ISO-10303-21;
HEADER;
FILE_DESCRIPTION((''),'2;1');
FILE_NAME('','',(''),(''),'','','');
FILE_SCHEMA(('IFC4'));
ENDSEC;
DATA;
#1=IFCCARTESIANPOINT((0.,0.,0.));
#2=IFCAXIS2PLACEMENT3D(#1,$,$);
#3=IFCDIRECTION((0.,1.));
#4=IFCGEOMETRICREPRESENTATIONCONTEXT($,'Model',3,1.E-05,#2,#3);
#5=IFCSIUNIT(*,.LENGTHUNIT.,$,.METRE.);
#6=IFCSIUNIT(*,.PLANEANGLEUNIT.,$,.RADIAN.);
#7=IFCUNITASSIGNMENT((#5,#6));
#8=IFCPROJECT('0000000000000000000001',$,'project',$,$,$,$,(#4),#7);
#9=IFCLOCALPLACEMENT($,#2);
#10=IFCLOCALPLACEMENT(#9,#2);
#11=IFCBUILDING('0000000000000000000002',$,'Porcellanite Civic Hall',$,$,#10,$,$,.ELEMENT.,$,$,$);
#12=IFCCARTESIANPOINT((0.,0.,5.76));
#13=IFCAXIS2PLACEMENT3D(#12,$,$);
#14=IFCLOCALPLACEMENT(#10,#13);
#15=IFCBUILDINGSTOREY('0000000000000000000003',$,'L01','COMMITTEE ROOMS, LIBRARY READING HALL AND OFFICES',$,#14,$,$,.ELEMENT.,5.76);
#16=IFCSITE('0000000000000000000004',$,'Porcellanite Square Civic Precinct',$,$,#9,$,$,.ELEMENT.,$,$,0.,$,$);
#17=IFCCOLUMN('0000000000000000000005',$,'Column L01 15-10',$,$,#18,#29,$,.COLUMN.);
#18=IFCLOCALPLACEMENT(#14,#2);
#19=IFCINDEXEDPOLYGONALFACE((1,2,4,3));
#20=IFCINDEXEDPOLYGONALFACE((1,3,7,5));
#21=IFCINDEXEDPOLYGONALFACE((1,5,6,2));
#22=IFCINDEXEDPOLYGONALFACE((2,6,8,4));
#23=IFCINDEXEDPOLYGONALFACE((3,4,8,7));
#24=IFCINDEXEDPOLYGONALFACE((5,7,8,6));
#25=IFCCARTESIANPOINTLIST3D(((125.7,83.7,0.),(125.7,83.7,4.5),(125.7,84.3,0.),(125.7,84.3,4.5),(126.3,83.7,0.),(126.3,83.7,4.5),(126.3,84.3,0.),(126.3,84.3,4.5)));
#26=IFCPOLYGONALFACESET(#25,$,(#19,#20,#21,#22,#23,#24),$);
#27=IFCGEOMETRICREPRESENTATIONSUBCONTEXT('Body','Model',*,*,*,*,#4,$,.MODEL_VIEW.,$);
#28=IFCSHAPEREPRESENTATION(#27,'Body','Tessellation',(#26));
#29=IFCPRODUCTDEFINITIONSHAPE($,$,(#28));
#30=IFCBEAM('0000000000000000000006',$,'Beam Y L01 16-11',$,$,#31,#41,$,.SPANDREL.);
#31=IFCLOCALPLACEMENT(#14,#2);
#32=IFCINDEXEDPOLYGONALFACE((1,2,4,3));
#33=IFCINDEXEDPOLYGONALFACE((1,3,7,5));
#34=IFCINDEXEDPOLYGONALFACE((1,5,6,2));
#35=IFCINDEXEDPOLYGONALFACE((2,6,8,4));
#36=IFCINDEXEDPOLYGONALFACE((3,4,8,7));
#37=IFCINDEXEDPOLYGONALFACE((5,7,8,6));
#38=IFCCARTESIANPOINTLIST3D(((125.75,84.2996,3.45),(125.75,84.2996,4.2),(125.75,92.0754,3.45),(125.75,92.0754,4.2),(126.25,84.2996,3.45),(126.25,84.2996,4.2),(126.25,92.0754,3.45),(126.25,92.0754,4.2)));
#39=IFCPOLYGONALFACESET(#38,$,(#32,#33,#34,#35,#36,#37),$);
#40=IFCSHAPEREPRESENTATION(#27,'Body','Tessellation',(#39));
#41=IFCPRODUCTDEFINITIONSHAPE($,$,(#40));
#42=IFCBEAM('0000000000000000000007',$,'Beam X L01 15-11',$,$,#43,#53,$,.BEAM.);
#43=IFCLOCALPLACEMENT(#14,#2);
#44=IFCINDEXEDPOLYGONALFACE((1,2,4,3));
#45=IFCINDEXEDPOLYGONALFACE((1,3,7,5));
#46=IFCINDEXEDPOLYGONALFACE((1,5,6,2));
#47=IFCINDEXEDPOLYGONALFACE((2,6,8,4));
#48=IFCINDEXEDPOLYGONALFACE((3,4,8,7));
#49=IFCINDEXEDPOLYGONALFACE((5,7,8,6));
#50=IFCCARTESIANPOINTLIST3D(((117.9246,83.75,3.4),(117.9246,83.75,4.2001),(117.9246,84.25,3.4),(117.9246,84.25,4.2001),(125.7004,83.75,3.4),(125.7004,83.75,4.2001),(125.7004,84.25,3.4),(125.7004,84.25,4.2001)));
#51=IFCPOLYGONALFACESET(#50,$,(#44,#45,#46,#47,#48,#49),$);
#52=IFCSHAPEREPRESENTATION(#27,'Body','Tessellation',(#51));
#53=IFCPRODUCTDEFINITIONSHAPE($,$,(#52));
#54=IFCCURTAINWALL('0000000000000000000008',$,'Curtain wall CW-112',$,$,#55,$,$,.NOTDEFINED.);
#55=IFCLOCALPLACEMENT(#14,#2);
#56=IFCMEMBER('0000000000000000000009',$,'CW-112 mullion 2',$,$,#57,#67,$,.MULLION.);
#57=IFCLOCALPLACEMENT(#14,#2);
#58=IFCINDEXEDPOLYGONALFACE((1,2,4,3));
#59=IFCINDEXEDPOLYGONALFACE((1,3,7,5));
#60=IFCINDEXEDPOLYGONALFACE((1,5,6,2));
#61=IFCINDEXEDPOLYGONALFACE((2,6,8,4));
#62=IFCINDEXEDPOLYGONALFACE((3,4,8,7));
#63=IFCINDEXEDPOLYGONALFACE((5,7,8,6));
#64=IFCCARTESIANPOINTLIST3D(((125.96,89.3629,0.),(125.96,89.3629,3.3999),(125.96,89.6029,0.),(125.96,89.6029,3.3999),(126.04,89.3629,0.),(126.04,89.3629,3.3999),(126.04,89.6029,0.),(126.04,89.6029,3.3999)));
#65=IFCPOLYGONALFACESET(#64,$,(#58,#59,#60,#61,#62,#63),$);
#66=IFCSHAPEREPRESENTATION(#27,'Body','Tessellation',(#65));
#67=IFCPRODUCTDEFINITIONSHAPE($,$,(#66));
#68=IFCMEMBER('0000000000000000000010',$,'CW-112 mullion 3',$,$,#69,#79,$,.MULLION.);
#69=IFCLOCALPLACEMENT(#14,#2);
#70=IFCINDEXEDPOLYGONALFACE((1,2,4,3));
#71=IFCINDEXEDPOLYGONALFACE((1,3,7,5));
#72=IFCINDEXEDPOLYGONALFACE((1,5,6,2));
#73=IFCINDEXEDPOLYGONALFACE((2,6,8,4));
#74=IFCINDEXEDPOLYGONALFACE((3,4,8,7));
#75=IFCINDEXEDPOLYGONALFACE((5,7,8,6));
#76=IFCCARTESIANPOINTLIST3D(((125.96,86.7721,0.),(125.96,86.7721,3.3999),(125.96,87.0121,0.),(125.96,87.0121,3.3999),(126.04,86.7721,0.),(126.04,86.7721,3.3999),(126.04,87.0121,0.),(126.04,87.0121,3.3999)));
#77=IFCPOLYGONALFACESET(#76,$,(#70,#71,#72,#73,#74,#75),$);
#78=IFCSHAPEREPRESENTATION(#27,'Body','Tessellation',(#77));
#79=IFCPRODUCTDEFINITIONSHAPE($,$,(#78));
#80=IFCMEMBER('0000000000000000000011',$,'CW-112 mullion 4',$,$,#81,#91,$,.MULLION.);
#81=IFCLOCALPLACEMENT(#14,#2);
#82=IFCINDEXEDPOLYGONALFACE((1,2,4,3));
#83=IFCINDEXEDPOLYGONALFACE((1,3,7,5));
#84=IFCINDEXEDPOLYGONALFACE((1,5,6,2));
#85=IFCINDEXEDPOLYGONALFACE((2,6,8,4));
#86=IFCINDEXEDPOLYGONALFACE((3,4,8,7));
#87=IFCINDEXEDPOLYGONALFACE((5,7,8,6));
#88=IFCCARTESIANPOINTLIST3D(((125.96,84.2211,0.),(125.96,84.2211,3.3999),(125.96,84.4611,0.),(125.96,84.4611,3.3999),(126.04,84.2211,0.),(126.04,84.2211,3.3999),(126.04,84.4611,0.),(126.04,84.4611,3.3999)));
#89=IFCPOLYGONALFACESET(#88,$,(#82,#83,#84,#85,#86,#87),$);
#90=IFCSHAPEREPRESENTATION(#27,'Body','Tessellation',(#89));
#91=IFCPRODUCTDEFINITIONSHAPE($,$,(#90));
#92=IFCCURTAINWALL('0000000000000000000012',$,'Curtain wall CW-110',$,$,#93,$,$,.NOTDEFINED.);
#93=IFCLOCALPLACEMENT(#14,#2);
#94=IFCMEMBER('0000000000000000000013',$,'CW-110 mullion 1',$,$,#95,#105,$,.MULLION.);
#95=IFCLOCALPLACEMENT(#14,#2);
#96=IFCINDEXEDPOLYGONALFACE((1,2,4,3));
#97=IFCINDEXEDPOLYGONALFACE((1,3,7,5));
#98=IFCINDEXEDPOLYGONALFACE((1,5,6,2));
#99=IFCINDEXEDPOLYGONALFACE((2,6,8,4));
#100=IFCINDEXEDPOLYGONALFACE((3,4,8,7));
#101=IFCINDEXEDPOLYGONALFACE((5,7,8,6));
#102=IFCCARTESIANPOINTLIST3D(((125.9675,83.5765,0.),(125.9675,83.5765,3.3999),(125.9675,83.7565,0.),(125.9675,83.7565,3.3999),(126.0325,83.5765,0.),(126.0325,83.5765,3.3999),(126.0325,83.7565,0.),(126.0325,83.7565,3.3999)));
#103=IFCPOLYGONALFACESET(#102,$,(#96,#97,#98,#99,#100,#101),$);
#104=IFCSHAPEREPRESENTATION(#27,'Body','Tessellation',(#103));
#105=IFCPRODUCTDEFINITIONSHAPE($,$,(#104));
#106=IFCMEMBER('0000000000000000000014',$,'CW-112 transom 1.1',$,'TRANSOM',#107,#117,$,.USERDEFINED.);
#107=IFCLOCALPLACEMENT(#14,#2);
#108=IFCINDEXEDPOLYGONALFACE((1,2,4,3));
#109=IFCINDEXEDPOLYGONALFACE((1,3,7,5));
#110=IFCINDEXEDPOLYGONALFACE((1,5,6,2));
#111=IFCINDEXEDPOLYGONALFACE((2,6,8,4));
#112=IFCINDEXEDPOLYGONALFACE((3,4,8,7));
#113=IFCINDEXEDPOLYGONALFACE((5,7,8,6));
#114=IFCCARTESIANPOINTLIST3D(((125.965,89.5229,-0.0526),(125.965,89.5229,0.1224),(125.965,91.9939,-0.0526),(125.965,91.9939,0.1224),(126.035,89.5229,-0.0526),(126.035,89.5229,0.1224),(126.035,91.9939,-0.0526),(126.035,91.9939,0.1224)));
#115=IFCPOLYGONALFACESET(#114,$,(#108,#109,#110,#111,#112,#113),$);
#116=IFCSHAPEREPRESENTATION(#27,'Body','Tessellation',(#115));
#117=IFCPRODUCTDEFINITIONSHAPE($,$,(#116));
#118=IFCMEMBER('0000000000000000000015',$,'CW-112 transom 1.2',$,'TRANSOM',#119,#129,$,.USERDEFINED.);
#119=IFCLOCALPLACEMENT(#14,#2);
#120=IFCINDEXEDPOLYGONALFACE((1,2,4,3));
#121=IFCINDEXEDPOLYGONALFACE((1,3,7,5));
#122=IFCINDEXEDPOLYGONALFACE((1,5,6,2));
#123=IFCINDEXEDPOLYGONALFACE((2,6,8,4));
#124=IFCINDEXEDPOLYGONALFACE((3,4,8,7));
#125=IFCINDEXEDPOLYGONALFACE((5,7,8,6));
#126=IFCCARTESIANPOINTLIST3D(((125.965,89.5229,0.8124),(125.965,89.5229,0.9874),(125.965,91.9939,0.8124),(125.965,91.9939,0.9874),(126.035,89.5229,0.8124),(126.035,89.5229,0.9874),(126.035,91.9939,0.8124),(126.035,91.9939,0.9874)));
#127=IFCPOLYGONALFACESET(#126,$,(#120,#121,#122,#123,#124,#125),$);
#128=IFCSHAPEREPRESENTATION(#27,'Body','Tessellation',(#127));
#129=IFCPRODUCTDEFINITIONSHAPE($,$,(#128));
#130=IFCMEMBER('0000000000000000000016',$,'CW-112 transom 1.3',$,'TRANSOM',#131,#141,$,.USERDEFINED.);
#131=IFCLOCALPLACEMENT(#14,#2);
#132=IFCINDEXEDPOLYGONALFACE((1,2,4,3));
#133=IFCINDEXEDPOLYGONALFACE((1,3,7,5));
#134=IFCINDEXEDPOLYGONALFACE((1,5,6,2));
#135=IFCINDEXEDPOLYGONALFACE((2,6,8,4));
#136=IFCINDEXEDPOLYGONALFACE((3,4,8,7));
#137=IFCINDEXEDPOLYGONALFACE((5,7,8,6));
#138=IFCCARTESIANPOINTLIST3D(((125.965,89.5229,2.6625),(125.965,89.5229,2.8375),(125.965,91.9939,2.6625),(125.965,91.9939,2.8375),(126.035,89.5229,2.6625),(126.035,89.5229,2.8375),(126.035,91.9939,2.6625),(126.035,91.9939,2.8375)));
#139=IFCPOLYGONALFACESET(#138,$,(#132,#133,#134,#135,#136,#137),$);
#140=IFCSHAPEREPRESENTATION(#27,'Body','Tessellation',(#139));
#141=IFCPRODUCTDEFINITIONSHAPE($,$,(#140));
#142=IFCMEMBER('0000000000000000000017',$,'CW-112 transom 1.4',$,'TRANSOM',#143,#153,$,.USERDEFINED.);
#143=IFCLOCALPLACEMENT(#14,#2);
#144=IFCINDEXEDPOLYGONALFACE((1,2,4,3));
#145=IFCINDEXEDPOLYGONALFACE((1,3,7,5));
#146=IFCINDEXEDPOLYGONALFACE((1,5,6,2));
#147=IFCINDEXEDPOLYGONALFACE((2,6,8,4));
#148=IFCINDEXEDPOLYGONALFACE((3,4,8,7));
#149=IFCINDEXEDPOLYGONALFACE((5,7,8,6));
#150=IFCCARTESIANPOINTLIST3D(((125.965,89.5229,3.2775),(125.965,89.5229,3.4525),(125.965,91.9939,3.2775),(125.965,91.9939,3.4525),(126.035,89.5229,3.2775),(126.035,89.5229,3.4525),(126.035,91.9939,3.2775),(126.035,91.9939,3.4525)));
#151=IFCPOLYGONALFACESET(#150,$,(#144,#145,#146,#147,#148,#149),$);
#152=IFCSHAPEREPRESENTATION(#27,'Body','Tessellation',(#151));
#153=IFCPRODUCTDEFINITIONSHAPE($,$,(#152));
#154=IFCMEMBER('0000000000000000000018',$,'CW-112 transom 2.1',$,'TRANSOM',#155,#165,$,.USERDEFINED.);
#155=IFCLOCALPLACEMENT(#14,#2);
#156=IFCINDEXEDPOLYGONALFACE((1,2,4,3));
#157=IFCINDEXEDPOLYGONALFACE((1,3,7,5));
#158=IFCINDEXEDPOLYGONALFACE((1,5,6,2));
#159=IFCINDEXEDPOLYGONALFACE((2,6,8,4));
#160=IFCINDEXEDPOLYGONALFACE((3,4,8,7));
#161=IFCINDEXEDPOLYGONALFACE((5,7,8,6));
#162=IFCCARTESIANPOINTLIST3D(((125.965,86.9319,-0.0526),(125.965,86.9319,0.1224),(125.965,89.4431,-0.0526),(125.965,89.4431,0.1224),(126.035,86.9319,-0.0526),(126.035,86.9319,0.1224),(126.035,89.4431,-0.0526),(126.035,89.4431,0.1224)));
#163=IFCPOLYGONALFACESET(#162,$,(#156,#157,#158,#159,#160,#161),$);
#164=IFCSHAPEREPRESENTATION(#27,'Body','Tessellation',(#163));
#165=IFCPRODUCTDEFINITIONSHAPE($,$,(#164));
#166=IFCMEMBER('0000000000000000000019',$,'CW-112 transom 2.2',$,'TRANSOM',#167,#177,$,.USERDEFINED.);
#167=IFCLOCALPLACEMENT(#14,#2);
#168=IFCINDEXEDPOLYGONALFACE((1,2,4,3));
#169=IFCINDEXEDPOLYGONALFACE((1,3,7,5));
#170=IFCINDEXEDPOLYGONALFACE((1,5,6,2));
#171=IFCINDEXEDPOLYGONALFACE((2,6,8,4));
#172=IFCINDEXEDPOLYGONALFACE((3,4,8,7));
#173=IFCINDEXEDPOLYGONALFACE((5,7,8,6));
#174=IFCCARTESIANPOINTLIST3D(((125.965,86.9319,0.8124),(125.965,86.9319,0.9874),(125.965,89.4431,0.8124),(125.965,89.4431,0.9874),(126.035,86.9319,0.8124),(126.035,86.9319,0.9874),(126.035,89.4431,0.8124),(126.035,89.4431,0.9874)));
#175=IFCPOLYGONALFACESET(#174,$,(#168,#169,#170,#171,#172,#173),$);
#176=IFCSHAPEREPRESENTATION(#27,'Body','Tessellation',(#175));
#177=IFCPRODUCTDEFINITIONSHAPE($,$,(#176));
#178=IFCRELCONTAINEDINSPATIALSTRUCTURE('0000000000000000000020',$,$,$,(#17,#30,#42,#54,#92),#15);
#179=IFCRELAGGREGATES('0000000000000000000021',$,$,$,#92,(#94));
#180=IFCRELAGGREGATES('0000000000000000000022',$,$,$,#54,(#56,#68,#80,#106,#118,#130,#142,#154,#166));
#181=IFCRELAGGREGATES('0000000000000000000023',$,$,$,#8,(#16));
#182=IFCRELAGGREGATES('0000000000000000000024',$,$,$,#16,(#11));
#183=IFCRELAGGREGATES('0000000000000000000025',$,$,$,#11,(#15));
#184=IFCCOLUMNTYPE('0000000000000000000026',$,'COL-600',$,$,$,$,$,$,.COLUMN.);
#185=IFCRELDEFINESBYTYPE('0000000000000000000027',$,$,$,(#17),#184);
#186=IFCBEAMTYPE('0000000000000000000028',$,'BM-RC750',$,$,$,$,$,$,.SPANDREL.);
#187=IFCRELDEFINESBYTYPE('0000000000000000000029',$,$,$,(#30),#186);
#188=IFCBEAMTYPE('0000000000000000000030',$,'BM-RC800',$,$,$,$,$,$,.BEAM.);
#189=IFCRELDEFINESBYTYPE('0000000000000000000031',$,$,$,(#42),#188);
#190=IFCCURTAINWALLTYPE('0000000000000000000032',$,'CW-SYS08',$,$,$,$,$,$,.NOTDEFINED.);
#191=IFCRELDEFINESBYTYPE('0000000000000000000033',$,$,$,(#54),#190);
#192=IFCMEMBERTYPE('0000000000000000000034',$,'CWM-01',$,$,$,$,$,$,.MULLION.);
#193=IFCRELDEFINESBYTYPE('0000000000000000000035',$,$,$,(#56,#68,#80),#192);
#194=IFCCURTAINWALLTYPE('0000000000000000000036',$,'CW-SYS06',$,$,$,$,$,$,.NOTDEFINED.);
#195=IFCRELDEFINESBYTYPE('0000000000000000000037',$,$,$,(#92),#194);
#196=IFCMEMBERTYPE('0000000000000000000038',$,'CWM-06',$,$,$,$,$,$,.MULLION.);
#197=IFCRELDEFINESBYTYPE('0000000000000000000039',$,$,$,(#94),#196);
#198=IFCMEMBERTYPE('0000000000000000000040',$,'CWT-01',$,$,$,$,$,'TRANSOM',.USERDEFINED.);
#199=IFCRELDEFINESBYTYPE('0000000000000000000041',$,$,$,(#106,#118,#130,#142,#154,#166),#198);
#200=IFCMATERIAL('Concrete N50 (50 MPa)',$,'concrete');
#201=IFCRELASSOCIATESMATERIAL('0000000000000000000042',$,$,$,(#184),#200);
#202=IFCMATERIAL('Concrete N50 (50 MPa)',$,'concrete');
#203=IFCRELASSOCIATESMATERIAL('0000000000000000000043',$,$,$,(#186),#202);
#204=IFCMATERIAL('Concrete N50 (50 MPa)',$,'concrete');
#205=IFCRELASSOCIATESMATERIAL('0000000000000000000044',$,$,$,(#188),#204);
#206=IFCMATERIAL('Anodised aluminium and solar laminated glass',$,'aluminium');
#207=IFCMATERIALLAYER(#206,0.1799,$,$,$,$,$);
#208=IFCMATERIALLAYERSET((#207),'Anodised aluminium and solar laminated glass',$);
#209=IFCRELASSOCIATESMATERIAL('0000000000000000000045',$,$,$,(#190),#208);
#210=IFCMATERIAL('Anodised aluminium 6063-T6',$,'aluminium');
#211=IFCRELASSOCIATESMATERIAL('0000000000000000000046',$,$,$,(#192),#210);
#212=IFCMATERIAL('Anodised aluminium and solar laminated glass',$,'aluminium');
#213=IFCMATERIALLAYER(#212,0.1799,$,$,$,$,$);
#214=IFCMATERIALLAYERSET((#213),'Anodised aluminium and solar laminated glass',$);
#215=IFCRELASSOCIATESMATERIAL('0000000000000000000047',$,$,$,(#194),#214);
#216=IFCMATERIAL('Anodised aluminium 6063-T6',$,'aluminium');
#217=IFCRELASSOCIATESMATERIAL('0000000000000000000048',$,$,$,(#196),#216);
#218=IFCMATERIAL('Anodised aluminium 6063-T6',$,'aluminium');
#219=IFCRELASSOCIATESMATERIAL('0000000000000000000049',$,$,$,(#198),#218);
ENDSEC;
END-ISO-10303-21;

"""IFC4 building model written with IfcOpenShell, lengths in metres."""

from ifc_helpers import new_model, si_unit, direction, frame, origin, origin_2d, place, context, subcontext, project, spatial, rectangle, extrude, material, layer, layer_set, material_profile, profile_set, type_object, element, aggregate, save


model = new_model("IFC4")

# Units and contexts
model_context = context("Model", 3, precision=1e-05, world=origin(), true_north=direction((0.0, 1.0)))
body_context = subcontext(model_context, "Body", "Model", "MODEL_VIEW")
ifc_project = project(units=[si_unit("LENGTHUNIT", "METRE"), si_unit("PLANEANGLEUNIT", "RADIAN")], contexts=[model_context])

# Site, building, storey
site_placement = place(None, origin())
site = spatial("IfcSite", under=ifc_project, at=site_placement, Name="Porcellanite Square Civic Precinct", CompositionType="ELEMENT", RefElevation=0.0)
building_placement = place(site_placement, origin())
building = spatial("IfcBuilding", under=site, at=building_placement, Name="Porcellanite Civic Hall", CompositionType="ELEMENT")
storey_placement = place(building_placement, frame((0.0, 0.0, 5.76)))
storey = spatial("IfcBuildingStorey", under=building, at=storey_placement, Name="L01", Description="COMMITTEE ROOMS, LIBRARY READING HALL AND OFFICES", CompositionType="ELEMENT", Elevation=5.76)

# Column
ifc_material_1 = material(Name="Concrete N50 (50 MPa)", Category="concrete")
ifc_material_profile_1 = material_profile(ifc_material_1, rectangle(XDim=0.6001, YDim=0.6001, at=origin_2d()), Name="RC-600x600")
ifc_profile_set_1 = profile_set([ifc_material_profile_1], Name="Concrete N50 (50 MPa)")
column_type = type_object("IfcColumnType", Name="COL-600", PredefinedType="COLUMN", material=ifc_profile_set_1)
column_placement = place(storey_placement, frame((126.0, 84.0, 0.0), z_axis=(0.0, 0.0, 1.0), x_axis=(1.0, 0.0, 0.0)))
element("IfcColumn", 1, at=column_placement, inside=storey, type_object=column_type, Name="Column L01 15-10", PredefinedType="COLUMN", context=body_context, shape_type="SweptSolid", body=[
    extrude(rectangle(XDim=0.6001, YDim=0.6001, at=origin_2d()), origin(), (0.0, 0.0, 1.0), 4.5),
])

# Beams
ifc_material_2 = material(Name="Concrete N50 (50 MPa)", Category="concrete")
ifc_material_profile_2 = material_profile(ifc_material_2, rectangle(XDim=0.5, YDim=0.75, at=origin_2d()), Name="RC-500x750")
ifc_profile_set_2 = profile_set([ifc_material_profile_2], Name="Concrete N50 (50 MPa)")
beam_type_1 = type_object("IfcBeamType", Name="BM-RC750", PredefinedType="SPANDREL", material=ifc_profile_set_2)
beam_1_placement = place(storey_placement, frame((126.0, 84.2996, 3.825), z_axis=(0.0, 1.0, 0.0), x_axis=(-1.0, 0.0, 0.0)))
element("IfcBeam", 2, at=beam_1_placement, inside=storey, type_object=beam_type_1, Name="Beam Y L01 16-11", PredefinedType="SPANDREL", context=body_context, shape_type="SweptSolid", body=[
    extrude(rectangle(XDim=0.5, YDim=0.75, at=origin_2d()), origin(), (0.0, 0.0, 1.0), 7.7759),
])
ifc_material_3 = material(Name="Concrete N50 (50 MPa)", Category="concrete")
ifc_material_profile_3 = material_profile(ifc_material_3, rectangle(XDim=0.5, YDim=0.8, at=origin_2d()), Name="RC-500x800")
ifc_profile_set_3 = profile_set([ifc_material_profile_3], Name="Concrete N50 (50 MPa)")
beam_type_2 = type_object("IfcBeamType", Name="BM-RC800", PredefinedType="BEAM", material=ifc_profile_set_3)
beam_2_placement = place(storey_placement, frame((117.9246, 84.0, 3.8), z_axis=(1.0, 0.0, 0.0), x_axis=(0.0, 1.0, 0.0)))
element("IfcBeam", 3, at=beam_2_placement, inside=storey, type_object=beam_type_2, Name="Beam X L01 15-11", PredefinedType="BEAM", context=body_context, shape_type="SweptSolid", body=[
    extrude(rectangle(XDim=0.5, YDim=0.8, at=origin_2d()), origin(), (0.0, 0.0, 1.0), 7.7759),
])

# Curtain wall, members
ifc_material_4 = material(Name="Anodised aluminium and solar laminated glass", Category="aluminium")
ifc_layer_1 = layer(ifc_material_4, 0.1799)
ifc_layer_set_1 = layer_set([ifc_layer_1], Name="Anodised aluminium and solar laminated glass")
curtain_wall_type_1 = type_object("IfcCurtainWallType", Name="CW-SYS08", PredefinedType="NOTDEFINED", material=ifc_layer_set_1)
curtain_wall_1_placement = place(storey_placement, origin())
curtain_wall_1 = element("IfcCurtainWall", 4, at=curtain_wall_1_placement, inside=storey, type_object=curtain_wall_type_1, Name="Curtain wall CW-112", PredefinedType="NOTDEFINED")
ifc_material_5 = material(Name="Anodised aluminium 6063-T6", Category="aluminium")
ifc_material_profile_4 = material_profile(ifc_material_5, rectangle(XDim=0.0801, YDim=0.24, at=origin_2d()), Name="AL-80x240")
ifc_profile_set_4 = profile_set([ifc_material_profile_4], Name="Anodised aluminium 6063-T6")
member_type_1 = type_object("IfcMemberType", Name="CWM-01", PredefinedType="MULLION", material=ifc_profile_set_4)
member_1_placement = place(storey_placement, frame((126.0, 89.4829, 0.0), z_axis=(0.0, 0.0, 1.0), x_axis=(1.0, 0.0, 0.0)))
member_1 = element("IfcMember", 5, at=member_1_placement, type_object=member_type_1, Name="CW-112 mullion 2", PredefinedType="MULLION", context=body_context, shape_type="SweptSolid", body=[
    extrude(rectangle(XDim=0.0801, YDim=0.24, at=origin_2d()), origin(), (0.0, 0.0, 1.0), 3.3999),
])
member_2_placement = place(storey_placement, frame((126.0, 86.8921, 0.0), z_axis=(0.0, 0.0, 1.0), x_axis=(1.0, 0.0, 0.0)))
member_2 = element("IfcMember", 6, at=member_2_placement, type_object=member_type_1, Name="CW-112 mullion 3", PredefinedType="MULLION", context=body_context, shape_type="SweptSolid", body=[
    extrude(rectangle(XDim=0.0801, YDim=0.24, at=origin_2d()), origin(), (0.0, 0.0, 1.0), 3.3999),
])
member_3_placement = place(storey_placement, frame((126.0, 84.3411, 0.0), z_axis=(0.0, 0.0, 1.0), x_axis=(1.0, 0.0, 0.0)))
member_3 = element("IfcMember", 7, at=member_3_placement, type_object=member_type_1, Name="CW-112 mullion 4", PredefinedType="MULLION", context=body_context, shape_type="SweptSolid", body=[
    extrude(rectangle(XDim=0.0801, YDim=0.24, at=origin_2d()), origin(), (0.0, 0.0, 1.0), 3.3999),
])

# Curtain wall, member
ifc_material_6 = material(Name="Anodised aluminium and solar laminated glass", Category="aluminium")
ifc_layer_2 = layer(ifc_material_6, 0.1799)
ifc_layer_set_2 = layer_set([ifc_layer_2], Name="Anodised aluminium and solar laminated glass")
curtain_wall_type_2 = type_object("IfcCurtainWallType", Name="CW-SYS06", PredefinedType="NOTDEFINED", material=ifc_layer_set_2)
curtain_wall_2_placement = place(storey_placement, origin())
curtain_wall_2 = element("IfcCurtainWall", 8, at=curtain_wall_2_placement, inside=storey, type_object=curtain_wall_type_2, Name="Curtain wall CW-110", PredefinedType="NOTDEFINED")
ifc_material_7 = material(Name="Anodised aluminium 6063-T6", Category="aluminium")
ifc_material_profile_5 = material_profile(ifc_material_7, rectangle(XDim=0.0649, YDim=0.1799, at=origin_2d()), Name="AL-65x180")
ifc_profile_set_5 = profile_set([ifc_material_profile_5], Name="Anodised aluminium 6063-T6")
member_type_2 = type_object("IfcMemberType", Name="CWM-06", PredefinedType="MULLION", material=ifc_profile_set_5)
member_4_placement = place(storey_placement, frame((126.0, 83.6665, 0.0), z_axis=(0.0, 0.0, 1.0), x_axis=(1.0, 0.0, 0.0)))
member_4 = element("IfcMember", 9, at=member_4_placement, type_object=member_type_2, Name="CW-110 mullion 1", PredefinedType="MULLION", context=body_context, shape_type="SweptSolid", body=[
    extrude(rectangle(XDim=0.0649, YDim=0.1799, at=origin_2d()), origin(), (0.0, 0.0, 1.0), 3.3999),
])

# Members
ifc_material_8 = material(Name="Anodised aluminium 6063-T6", Category="aluminium")
ifc_material_profile_6 = material_profile(ifc_material_8, rectangle(XDim=0.0701, YDim=0.175, at=origin_2d()), Name="AL-70x175")
ifc_profile_set_6 = profile_set([ifc_material_profile_6], Name="Anodised aluminium 6063-T6")
member_type_3 = type_object("IfcMemberType", Name="CWT-01", ElementType="TRANSOM", PredefinedType="USERDEFINED", material=ifc_profile_set_6)
member_5_placement = place(storey_placement, frame((126.0, 91.9939, 0.0349), z_axis=(0.0, -1.0, 0.0), x_axis=(1.0, 0.0, 0.0)))
member_5 = element("IfcMember", 10, at=member_5_placement, type_object=member_type_3, Name="CW-112 transom 1.1", ObjectType="TRANSOM", PredefinedType="USERDEFINED", context=body_context, shape_type="SweptSolid", body=[
    extrude(rectangle(XDim=0.0701, YDim=0.175, at=origin_2d()), origin(), (0.0, 0.0, 1.0), 2.4709),
])
member_6_placement = place(storey_placement, frame((126.0, 91.9939, 0.8999), z_axis=(0.0, -1.0, 0.0), x_axis=(1.0, 0.0, 0.0)))
member_6 = element("IfcMember", 11, at=member_6_placement, type_object=member_type_3, Name="CW-112 transom 1.2", ObjectType="TRANSOM", PredefinedType="USERDEFINED", context=body_context, shape_type="SweptSolid", body=[
    extrude(rectangle(XDim=0.0701, YDim=0.175, at=origin_2d()), origin(), (0.0, 0.0, 1.0), 2.4709),
])
member_7_placement = place(storey_placement, frame((126.0, 91.9939, 2.75), z_axis=(0.0, -1.0, 0.0), x_axis=(1.0, 0.0, 0.0)))
member_7 = element("IfcMember", 12, at=member_7_placement, type_object=member_type_3, Name="CW-112 transom 1.3", ObjectType="TRANSOM", PredefinedType="USERDEFINED", context=body_context, shape_type="SweptSolid", body=[
    extrude(rectangle(XDim=0.0701, YDim=0.175, at=origin_2d()), origin(), (0.0, 0.0, 1.0), 2.4709),
])
member_8_placement = place(storey_placement, frame((126.0, 91.9939, 3.365), z_axis=(0.0, -1.0, 0.0), x_axis=(1.0, 0.0, 0.0)))
member_8 = element("IfcMember", 13, at=member_8_placement, type_object=member_type_3, Name="CW-112 transom 1.4", ObjectType="TRANSOM", PredefinedType="USERDEFINED", context=body_context, shape_type="SweptSolid", body=[
    extrude(rectangle(XDim=0.0701, YDim=0.175, at=origin_2d()), origin(), (0.0, 0.0, 1.0), 2.4709),
])
member_9_placement = place(storey_placement, frame((126.0, 89.4431, 0.0349), z_axis=(0.0, -1.0, 0.0), x_axis=(1.0, 0.0, 0.0)))
member_9 = element("IfcMember", 14, at=member_9_placement, type_object=member_type_3, Name="CW-112 transom 2.1", ObjectType="TRANSOM", PredefinedType="USERDEFINED", context=body_context, shape_type="SweptSolid", body=[
    extrude(rectangle(XDim=0.0701, YDim=0.175, at=origin_2d()), origin(), (0.0, 0.0, 1.0), 2.5112),
])
member_10_placement = place(storey_placement, frame((126.0, 89.4431, 0.8999), z_axis=(0.0, -1.0, 0.0), x_axis=(1.0, 0.0, 0.0)))
member_10 = element("IfcMember", 15, at=member_10_placement, type_object=member_type_3, Name="CW-112 transom 2.2", ObjectType="TRANSOM", PredefinedType="USERDEFINED", context=body_context, shape_type="SweptSolid", body=[
    extrude(rectangle(XDim=0.0701, YDim=0.175, at=origin_2d()), origin(), (0.0, 0.0, 1.0), 2.5112),
])
aggregate(curtain_wall_2, [member_4])

aggregate(curtain_wall_1, [member_1, member_2, member_3, member_5, member_6, member_7, member_8, member_9, member_10])

save(model, "model.ifc")
